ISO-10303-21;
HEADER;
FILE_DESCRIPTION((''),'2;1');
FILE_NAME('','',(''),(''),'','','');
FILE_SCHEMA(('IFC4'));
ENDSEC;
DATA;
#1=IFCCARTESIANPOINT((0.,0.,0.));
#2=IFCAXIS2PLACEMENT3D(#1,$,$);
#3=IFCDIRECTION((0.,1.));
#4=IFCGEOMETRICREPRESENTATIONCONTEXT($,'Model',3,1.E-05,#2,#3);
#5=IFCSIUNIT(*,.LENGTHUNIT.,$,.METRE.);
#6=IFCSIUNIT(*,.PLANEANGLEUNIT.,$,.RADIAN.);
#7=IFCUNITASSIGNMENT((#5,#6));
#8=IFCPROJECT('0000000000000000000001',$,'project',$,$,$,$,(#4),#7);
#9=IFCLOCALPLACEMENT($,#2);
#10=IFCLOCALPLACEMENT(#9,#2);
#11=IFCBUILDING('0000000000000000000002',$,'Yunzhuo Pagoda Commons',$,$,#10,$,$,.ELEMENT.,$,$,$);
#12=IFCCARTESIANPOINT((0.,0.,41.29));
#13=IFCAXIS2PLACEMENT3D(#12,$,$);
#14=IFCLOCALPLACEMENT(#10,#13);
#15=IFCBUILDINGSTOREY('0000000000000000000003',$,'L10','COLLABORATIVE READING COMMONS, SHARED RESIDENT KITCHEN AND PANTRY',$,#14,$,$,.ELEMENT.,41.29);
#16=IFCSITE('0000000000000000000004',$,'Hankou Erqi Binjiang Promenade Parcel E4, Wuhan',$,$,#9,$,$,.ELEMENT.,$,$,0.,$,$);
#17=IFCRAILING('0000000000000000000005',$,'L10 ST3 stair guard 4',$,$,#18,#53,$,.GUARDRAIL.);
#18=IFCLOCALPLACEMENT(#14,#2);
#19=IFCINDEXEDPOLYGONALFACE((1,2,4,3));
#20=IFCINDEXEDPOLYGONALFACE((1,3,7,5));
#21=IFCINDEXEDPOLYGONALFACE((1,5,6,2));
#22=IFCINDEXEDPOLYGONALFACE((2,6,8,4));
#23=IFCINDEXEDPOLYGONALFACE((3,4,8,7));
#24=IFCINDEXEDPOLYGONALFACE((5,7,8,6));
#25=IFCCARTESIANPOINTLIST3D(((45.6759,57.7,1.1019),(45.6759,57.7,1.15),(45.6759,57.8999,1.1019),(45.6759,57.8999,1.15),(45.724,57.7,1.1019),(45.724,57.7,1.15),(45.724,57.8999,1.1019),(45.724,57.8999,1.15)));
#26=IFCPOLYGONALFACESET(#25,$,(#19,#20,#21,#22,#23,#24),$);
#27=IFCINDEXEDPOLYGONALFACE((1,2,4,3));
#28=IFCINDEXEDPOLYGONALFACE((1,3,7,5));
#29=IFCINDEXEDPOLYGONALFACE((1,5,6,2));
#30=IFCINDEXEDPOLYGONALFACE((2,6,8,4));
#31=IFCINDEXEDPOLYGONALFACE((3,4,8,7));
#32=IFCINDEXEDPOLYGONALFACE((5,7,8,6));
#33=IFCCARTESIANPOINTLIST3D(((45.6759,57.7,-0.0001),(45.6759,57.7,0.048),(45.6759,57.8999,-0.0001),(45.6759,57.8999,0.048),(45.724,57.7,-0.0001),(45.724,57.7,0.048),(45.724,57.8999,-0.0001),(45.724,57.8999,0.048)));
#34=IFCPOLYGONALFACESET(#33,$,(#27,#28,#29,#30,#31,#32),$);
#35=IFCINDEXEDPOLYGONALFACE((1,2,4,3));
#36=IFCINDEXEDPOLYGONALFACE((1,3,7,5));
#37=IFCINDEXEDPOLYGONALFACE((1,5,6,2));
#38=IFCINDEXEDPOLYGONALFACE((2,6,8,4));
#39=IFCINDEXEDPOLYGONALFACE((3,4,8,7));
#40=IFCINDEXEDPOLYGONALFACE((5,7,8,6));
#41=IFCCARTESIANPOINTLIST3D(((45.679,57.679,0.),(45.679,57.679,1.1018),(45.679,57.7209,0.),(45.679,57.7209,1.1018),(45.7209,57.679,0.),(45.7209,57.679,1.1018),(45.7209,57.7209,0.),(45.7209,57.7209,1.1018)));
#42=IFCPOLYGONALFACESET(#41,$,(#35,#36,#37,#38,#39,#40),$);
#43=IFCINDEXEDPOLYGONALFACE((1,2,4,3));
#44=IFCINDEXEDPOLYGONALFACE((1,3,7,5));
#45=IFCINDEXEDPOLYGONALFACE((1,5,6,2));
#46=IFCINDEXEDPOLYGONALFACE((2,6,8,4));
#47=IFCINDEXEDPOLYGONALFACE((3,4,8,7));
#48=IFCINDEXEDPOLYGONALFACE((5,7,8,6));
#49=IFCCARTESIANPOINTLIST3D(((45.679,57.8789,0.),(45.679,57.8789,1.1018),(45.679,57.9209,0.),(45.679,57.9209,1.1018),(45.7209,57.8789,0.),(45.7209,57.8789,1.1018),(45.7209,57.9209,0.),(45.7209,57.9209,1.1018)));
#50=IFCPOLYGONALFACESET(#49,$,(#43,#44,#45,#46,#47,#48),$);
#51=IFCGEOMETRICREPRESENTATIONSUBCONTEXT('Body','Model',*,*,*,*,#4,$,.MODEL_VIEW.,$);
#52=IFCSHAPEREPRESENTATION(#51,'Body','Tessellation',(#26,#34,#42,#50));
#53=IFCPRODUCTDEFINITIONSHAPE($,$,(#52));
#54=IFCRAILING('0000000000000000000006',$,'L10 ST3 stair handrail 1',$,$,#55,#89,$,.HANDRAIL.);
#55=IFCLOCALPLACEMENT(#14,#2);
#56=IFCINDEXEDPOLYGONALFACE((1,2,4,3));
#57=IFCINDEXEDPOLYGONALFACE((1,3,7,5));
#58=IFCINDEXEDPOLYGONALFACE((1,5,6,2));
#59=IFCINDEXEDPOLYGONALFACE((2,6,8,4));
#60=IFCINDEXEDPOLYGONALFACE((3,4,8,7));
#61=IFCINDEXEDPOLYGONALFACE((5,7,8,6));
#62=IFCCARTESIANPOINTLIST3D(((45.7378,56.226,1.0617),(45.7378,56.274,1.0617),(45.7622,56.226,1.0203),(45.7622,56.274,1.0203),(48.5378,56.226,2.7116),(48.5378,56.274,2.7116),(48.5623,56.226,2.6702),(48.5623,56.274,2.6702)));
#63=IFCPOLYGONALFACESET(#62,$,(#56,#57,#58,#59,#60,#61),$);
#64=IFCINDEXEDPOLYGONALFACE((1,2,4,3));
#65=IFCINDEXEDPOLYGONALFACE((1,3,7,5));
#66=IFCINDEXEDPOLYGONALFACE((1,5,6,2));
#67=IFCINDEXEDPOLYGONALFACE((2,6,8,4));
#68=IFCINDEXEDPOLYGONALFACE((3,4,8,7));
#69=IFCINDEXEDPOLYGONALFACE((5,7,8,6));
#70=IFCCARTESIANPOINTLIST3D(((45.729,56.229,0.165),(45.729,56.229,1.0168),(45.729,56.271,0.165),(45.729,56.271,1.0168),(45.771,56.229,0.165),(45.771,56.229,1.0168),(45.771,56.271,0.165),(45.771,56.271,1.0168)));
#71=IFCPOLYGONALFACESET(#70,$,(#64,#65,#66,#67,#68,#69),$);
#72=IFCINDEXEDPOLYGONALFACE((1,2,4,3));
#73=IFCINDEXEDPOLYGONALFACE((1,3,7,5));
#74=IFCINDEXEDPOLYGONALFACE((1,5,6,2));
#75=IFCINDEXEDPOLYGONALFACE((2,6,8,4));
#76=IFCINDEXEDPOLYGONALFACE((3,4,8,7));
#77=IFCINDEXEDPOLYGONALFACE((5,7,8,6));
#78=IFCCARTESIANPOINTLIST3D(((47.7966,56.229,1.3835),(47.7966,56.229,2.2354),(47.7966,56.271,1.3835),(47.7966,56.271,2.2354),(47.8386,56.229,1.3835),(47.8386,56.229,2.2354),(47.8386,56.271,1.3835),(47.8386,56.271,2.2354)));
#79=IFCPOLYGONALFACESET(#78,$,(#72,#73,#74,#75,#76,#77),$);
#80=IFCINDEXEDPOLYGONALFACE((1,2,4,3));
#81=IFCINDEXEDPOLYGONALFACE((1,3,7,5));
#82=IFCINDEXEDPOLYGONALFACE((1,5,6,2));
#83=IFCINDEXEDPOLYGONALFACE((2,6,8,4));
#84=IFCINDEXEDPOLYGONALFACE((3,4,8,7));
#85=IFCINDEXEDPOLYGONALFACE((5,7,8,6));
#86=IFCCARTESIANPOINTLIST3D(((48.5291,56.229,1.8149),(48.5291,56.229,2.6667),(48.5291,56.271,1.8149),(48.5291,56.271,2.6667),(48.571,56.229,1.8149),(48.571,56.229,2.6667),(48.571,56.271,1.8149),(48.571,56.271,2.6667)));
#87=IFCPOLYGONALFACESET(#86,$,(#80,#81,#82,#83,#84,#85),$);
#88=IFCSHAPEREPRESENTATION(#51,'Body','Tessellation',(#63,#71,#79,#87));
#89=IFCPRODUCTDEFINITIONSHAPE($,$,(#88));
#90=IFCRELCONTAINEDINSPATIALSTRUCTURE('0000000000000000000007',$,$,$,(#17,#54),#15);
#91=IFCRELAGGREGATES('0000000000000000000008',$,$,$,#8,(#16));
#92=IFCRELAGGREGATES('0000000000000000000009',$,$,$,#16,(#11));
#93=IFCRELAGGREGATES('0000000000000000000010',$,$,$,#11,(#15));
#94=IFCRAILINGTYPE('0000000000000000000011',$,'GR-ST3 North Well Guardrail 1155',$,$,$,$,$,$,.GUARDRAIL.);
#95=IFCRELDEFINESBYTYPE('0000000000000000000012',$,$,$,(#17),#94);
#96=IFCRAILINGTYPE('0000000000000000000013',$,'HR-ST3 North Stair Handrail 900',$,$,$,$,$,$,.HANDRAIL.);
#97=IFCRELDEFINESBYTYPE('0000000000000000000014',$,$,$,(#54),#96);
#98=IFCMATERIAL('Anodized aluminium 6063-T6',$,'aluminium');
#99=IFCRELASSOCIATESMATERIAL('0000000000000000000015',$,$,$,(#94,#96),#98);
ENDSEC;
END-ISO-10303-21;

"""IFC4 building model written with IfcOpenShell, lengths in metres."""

from ifc_helpers import new_model, si_unit, direction, frame, origin, origin_2d, place, context, subcontext, project, spatial, rectangle, extrude, material, type_object, element, save


model = new_model("IFC4")

# Units and contexts
model_context = context("Model", 3, precision=1e-05, world=origin(), true_north=direction((0.0, 1.0)))
body_context = subcontext(model_context, "Body", "Model", "MODEL_VIEW")
ifc_project = project(units=[si_unit("LENGTHUNIT", "METRE"), si_unit("PLANEANGLEUNIT", "RADIAN")], contexts=[model_context])

# Site, building, storey
site_placement = place(None, origin())
site = spatial("IfcSite", under=ifc_project, at=site_placement, Name="Hankou Erqi Binjiang Promenade Parcel E4, Wuhan", CompositionType="ELEMENT", RefElevation=0.0)
building_placement = place(site_placement, origin())
building = spatial("IfcBuilding", under=site, at=building_placement, Name="Yunzhuo Pagoda Commons", CompositionType="ELEMENT")
storey_placement = place(building_placement, frame((0.0, 0.0, 41.29)))
storey = spatial("IfcBuildingStorey", under=building, at=storey_placement, Name="L10", Description="COLLABORATIVE READING COMMONS, SHARED RESIDENT KITCHEN AND PANTRY", CompositionType="ELEMENT", Elevation=41.29)

# Shared definitions
ifc_material_1 = material(Name="Anodized aluminium 6063-T6", Category="aluminium")

# Railings
railing_type_1 = type_object("IfcRailingType", Name="GR-ST3 North Well Guardrail 1155", PredefinedType="GUARDRAIL", material=ifc_material_1)
railing_1_placement = place(storey_placement, frame((45.7, 57.7, 0.0)))
element("IfcRailing", 1, at=railing_1_placement, inside=storey, type_object=railing_type_1, Name="L10 ST3 stair guard 4", PredefinedType="GUARDRAIL", context=body_context, shape_type="SweptSolid", body=[
    extrude(rectangle(XDim=0.0481, YDim=0.0481, at=origin_2d()), frame((0.0, 0.0, 1.126), z_axis=(0.0, 1.0, 0.0), x_axis=(-1.0, 0.0, 0.0)), (0.0, 0.0, 1.0), 0.2),
    extrude(rectangle(XDim=0.0481, YDim=0.0481, at=origin_2d()), frame((0.0, 0.0, 0.0239), z_axis=(0.0, 1.0, 0.0), x_axis=(-1.0, 0.0, 0.0)), (0.0, 0.0, 1.0), 0.2),
    extrude(rectangle(XDim=0.042, YDim=0.042, at=origin_2d()), origin(), (0.0, 0.0, 1.0), 1.1018),
    extrude(rectangle(XDim=0.042, YDim=0.042, at=origin_2d()), frame((0.0, 0.2, 0.0)), (0.0, 0.0, 1.0), 1.1018),
])
railing_type_2 = type_object("IfcRailingType", Name="HR-ST3 North Stair Handrail 900", PredefinedType="HANDRAIL", material=ifc_material_1)
railing_2_placement = place(storey_placement, frame((45.75, 56.25, 0.165)))
element("IfcRailing", 2, at=railing_2_placement, inside=storey, type_object=railing_type_2, Name="L10 ST3 stair handrail 1", PredefinedType="HANDRAIL", context=body_context, shape_type="SweptSolid", body=[
    extrude(rectangle(XDim=0.0481, YDim=0.0481, at=origin_2d()), frame((0.0, 0.0, 0.876), z_axis=(0.861555, 0.0, 0.507663), x_axis=(0.0, 1.0, 0.0)), (0.0, 0.0, 1.0), 3.25),
    extrude(rectangle(XDim=0.042, YDim=0.042, at=origin_2d()), origin(), (0.0, 0.0, 1.0), 0.8518),
    extrude(rectangle(XDim=0.042, YDim=0.042, at=origin_2d()), frame((2.0676, 0.0, 1.2185)), (0.0, 0.0, 1.0), 0.8518),
    extrude(rectangle(XDim=0.042, YDim=0.042, at=origin_2d()), frame((2.8, 0.0, 1.6499)), (0.0, 0.0, 1.0), 0.8518),
])

save(model, "model.ifc")
